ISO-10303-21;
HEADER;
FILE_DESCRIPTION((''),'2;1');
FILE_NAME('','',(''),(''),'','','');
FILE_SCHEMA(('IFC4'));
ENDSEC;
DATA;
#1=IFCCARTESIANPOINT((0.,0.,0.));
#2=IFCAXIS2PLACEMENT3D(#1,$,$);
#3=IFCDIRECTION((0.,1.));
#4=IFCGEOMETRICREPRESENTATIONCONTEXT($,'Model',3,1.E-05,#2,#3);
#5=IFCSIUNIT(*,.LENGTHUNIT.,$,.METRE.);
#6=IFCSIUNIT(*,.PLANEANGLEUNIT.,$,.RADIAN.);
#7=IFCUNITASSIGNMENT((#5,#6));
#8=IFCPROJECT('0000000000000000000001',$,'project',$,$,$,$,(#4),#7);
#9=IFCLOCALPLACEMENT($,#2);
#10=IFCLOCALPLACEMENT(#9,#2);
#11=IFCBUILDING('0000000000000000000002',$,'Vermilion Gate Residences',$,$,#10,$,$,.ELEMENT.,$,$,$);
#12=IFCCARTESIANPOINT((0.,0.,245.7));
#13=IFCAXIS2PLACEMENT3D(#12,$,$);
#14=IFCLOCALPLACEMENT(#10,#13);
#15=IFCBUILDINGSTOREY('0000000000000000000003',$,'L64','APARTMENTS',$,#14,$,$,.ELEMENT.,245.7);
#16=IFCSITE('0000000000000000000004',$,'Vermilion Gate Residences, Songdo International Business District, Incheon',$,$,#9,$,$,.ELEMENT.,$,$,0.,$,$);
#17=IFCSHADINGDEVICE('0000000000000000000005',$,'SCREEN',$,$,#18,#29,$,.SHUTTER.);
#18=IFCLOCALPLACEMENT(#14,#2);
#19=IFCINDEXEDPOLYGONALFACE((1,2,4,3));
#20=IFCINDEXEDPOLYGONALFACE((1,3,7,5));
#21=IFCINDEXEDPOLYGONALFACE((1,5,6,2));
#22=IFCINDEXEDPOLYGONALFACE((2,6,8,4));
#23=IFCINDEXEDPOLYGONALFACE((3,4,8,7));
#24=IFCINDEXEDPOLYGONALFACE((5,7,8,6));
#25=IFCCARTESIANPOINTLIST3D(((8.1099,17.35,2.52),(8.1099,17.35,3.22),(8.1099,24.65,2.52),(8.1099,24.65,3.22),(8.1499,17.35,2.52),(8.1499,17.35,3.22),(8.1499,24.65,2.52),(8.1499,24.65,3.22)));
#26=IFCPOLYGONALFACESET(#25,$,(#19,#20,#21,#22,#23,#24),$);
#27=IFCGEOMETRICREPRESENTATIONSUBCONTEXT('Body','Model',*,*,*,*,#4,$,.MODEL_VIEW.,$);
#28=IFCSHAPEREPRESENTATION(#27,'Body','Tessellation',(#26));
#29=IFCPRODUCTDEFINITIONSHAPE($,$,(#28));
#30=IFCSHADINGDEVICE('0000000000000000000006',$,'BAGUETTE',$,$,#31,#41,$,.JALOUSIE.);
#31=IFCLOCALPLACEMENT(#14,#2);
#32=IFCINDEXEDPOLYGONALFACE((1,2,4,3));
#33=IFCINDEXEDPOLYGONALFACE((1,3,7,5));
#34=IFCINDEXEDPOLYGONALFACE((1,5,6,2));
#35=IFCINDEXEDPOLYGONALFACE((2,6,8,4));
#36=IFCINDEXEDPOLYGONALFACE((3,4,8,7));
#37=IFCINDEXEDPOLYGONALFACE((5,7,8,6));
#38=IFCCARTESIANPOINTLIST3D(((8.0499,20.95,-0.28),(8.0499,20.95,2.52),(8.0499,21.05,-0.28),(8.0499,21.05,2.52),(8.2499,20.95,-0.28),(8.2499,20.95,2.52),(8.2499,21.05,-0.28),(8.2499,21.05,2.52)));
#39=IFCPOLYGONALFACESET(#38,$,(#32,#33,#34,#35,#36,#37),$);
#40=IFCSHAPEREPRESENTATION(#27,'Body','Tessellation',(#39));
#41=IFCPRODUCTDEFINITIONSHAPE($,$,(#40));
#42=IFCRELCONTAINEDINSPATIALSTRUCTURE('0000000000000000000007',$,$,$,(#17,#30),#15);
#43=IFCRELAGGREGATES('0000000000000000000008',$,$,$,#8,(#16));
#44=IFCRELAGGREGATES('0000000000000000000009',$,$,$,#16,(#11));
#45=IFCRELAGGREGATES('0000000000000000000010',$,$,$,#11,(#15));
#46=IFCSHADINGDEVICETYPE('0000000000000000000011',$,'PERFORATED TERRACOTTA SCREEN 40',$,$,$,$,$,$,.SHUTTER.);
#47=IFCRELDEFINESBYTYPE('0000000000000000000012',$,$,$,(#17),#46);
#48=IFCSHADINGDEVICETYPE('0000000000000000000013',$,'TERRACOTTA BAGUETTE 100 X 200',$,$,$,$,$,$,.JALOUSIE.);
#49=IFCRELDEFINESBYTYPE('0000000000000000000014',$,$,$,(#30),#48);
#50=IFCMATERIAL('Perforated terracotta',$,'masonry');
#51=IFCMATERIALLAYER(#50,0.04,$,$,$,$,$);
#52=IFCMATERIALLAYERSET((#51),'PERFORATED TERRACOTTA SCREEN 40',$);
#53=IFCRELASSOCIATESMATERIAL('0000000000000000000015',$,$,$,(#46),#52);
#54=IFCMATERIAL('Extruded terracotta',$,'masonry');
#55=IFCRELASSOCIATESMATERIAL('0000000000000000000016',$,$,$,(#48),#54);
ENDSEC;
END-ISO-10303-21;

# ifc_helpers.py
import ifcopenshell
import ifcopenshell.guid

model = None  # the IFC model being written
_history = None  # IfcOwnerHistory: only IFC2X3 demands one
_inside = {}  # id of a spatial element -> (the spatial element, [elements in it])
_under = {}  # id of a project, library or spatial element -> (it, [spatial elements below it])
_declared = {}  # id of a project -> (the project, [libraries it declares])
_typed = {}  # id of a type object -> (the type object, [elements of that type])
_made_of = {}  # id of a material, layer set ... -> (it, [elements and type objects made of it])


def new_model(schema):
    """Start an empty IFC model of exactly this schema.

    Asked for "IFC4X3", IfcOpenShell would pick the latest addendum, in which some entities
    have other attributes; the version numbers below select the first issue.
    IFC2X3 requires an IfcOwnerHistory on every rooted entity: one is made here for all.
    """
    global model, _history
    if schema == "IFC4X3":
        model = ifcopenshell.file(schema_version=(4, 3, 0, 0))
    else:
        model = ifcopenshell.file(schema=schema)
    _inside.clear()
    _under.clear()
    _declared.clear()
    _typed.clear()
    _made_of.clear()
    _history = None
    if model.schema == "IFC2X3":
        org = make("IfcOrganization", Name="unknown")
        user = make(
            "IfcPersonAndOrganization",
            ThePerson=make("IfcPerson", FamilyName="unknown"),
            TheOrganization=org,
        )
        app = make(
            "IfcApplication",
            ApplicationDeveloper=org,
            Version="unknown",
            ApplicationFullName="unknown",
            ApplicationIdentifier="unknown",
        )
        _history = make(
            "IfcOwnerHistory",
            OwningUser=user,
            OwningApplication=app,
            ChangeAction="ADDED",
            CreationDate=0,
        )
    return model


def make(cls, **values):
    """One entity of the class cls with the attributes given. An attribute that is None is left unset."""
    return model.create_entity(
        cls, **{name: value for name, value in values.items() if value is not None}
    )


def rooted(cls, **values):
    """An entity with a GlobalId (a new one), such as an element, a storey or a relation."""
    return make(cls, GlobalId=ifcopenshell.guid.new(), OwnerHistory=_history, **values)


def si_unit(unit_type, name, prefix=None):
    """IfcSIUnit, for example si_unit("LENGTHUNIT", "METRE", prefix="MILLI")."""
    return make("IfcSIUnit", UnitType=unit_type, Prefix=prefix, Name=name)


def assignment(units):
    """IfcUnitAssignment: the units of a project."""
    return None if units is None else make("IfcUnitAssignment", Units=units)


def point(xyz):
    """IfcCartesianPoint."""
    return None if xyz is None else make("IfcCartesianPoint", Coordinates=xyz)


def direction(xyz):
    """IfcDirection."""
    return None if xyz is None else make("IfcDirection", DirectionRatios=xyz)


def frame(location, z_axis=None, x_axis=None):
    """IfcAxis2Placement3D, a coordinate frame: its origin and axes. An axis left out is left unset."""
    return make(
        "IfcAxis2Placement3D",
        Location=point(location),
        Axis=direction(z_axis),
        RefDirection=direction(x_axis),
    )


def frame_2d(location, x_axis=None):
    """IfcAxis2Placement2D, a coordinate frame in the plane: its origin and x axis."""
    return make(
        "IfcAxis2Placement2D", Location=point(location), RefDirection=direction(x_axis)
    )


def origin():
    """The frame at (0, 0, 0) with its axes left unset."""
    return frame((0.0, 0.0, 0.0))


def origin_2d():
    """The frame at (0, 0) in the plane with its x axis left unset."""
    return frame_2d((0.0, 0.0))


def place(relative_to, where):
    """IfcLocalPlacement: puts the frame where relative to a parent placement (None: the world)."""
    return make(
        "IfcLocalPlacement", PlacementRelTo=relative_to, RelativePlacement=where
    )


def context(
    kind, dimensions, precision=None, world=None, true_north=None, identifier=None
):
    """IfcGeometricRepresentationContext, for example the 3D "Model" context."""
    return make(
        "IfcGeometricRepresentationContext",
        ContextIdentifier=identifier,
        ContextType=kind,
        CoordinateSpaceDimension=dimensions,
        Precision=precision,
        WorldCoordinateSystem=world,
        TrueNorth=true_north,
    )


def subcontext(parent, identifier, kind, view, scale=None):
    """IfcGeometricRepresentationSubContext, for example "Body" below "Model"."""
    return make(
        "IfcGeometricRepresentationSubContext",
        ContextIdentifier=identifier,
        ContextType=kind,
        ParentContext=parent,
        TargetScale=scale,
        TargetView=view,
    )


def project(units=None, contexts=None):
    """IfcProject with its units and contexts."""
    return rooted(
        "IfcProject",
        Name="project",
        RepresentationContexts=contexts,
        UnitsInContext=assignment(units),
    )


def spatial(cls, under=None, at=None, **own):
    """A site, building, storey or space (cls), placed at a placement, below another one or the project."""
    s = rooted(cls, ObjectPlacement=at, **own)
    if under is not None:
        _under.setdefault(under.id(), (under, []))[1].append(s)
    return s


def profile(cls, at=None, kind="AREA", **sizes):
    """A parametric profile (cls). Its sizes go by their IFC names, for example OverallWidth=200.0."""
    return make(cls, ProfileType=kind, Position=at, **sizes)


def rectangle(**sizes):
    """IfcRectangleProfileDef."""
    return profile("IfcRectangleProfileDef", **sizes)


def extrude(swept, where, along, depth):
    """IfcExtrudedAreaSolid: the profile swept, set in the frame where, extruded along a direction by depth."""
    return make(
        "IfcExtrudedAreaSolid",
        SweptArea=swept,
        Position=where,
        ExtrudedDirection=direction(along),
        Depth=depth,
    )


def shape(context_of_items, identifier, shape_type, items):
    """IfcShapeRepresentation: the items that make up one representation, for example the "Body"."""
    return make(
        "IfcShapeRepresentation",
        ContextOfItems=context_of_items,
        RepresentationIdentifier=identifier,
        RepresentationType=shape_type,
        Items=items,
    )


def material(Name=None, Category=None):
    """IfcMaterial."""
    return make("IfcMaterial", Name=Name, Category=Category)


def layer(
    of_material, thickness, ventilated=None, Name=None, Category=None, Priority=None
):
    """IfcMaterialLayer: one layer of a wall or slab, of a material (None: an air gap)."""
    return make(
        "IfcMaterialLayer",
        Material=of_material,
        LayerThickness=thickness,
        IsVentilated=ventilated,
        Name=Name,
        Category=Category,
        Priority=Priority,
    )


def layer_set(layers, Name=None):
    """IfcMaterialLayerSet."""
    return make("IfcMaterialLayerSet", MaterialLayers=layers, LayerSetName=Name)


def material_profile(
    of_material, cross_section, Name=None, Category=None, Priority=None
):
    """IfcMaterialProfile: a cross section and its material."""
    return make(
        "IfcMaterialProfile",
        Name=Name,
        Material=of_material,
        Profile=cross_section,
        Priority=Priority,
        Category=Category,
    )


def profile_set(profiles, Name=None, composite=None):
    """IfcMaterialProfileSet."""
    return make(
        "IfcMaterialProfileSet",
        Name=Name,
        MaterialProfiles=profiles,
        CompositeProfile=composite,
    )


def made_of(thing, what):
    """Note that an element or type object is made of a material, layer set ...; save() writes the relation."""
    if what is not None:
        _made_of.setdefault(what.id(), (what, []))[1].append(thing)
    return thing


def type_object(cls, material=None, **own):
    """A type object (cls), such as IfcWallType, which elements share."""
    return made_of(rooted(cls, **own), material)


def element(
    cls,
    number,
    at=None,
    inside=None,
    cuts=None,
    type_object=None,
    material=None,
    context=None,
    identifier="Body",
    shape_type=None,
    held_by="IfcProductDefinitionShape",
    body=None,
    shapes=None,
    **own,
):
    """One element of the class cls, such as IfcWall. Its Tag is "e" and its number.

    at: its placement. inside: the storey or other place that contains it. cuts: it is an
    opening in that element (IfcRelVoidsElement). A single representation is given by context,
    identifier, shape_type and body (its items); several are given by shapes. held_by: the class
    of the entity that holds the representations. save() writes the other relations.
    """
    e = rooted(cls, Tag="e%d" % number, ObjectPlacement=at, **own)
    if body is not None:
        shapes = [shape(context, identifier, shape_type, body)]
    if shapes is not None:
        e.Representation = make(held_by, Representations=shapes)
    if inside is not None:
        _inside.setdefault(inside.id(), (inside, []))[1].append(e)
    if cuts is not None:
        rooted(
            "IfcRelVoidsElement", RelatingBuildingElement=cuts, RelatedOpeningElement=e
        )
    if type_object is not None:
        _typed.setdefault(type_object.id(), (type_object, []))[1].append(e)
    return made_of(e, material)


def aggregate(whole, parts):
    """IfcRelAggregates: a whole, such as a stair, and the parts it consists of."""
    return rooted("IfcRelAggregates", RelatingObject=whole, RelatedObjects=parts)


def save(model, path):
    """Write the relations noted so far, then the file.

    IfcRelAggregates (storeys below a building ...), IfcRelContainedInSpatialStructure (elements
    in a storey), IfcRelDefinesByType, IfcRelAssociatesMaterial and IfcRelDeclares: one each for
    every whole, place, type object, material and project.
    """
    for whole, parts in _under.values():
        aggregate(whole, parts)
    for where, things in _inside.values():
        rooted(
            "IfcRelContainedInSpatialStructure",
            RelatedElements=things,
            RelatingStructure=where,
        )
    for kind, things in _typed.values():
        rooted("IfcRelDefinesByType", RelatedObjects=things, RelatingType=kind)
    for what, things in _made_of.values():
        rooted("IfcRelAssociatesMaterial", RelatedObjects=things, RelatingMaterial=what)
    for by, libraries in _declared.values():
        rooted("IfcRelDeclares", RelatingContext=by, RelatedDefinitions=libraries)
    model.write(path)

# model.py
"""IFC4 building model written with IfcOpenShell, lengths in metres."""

from ifc_helpers import new_model, si_unit, direction, frame, origin, origin_2d, place, context, subcontext, project, spatial, rectangle, extrude, material, layer, layer_set, material_profile, profile_set, type_object, element, save


model = new_model("IFC4")

# Units and contexts
model_context = context("Model", 3, precision=1e-05, world=origin(), true_north=direction((0.0, 1.0)))
body_context = subcontext(model_context, "Body", "Model", "MODEL_VIEW")
ifc_project = project(units=[si_unit("LENGTHUNIT", "METRE"), si_unit("PLANEANGLEUNIT", "RADIAN")], contexts=[model_context])

# Site, building, storey
site_placement = place(None, origin())
site = spatial("IfcSite", under=ifc_project, at=site_placement, Name="Vermilion Gate Residences, Songdo International Business District, Incheon", CompositionType="ELEMENT", RefElevation=0.0)
building_placement = place(site_placement, origin())
building = spatial("IfcBuilding", under=site, at=building_placement, Name="Vermilion Gate Residences", CompositionType="ELEMENT")
storey_placement = place(building_placement, frame((0.0, 0.0, 245.7)))
storey = spatial("IfcBuildingStorey", under=building, at=storey_placement, Name="L64", Description="APARTMENTS", CompositionType="ELEMENT", Elevation=245.7)

# Shading devices
ifc_material_1 = material(Name="Perforated terracotta", Category="masonry")
ifc_layer_1 = layer(ifc_material_1, 0.04)
ifc_layer_set_1 = layer_set([ifc_layer_1], Name="PERFORATED TERRACOTTA SCREEN 40")
shading_device_type_1 = type_object("IfcShadingDeviceType", Name="PERFORATED TERRACOTTA SCREEN 40", PredefinedType="SHUTTER", material=ifc_layer_set_1)
shading_device_1_placement = place(storey_placement, frame((8.1299, 21.0, 2.52), z_axis=(0.0, 0.0, 1.0), x_axis=(0.0, -1.0, 0.0)))
element("IfcShadingDevice", 1, at=shading_device_1_placement, inside=storey, type_object=shading_device_type_1, Name="SCREEN", PredefinedType="SHUTTER", context=body_context, shape_type="SweptSolid", body=[
    extrude(rectangle(XDim=7.3, YDim=0.04, at=origin_2d()), origin(), (0.0, 0.0, 1.0), 0.7),
])
ifc_material_2 = material(Name="Extruded terracotta", Category="masonry")
ifc_material_profile_1 = material_profile(ifc_material_2, rectangle(XDim=0.2, YDim=0.1001, at=origin_2d()), Name="BAGUETTE 100 X 200")
ifc_profile_set_1 = profile_set([ifc_material_profile_1], Name="Extruded terracotta")
shading_device_type_2 = type_object("IfcShadingDeviceType", Name="TERRACOTTA BAGUETTE 100 X 200", PredefinedType="JALOUSIE", material=ifc_profile_set_1)
shading_device_2_placement = place(storey_placement, frame((8.1499, 21.0, -0.28), z_axis=(0.0, 0.0, 1.0), x_axis=(1.0, 0.0, 0.0)))
element("IfcShadingDevice", 2, at=shading_device_2_placement, inside=storey, type_object=shading_device_type_2, Name="BAGUETTE", PredefinedType="JALOUSIE", context=body_context, shape_type="SweptSolid", body=[
    extrude(rectangle(XDim=0.2, YDim=0.1001, at=origin_2d()), origin(), (0.0, 0.0, 1.0), 2.8),
])

save(model, "model.ifc")
